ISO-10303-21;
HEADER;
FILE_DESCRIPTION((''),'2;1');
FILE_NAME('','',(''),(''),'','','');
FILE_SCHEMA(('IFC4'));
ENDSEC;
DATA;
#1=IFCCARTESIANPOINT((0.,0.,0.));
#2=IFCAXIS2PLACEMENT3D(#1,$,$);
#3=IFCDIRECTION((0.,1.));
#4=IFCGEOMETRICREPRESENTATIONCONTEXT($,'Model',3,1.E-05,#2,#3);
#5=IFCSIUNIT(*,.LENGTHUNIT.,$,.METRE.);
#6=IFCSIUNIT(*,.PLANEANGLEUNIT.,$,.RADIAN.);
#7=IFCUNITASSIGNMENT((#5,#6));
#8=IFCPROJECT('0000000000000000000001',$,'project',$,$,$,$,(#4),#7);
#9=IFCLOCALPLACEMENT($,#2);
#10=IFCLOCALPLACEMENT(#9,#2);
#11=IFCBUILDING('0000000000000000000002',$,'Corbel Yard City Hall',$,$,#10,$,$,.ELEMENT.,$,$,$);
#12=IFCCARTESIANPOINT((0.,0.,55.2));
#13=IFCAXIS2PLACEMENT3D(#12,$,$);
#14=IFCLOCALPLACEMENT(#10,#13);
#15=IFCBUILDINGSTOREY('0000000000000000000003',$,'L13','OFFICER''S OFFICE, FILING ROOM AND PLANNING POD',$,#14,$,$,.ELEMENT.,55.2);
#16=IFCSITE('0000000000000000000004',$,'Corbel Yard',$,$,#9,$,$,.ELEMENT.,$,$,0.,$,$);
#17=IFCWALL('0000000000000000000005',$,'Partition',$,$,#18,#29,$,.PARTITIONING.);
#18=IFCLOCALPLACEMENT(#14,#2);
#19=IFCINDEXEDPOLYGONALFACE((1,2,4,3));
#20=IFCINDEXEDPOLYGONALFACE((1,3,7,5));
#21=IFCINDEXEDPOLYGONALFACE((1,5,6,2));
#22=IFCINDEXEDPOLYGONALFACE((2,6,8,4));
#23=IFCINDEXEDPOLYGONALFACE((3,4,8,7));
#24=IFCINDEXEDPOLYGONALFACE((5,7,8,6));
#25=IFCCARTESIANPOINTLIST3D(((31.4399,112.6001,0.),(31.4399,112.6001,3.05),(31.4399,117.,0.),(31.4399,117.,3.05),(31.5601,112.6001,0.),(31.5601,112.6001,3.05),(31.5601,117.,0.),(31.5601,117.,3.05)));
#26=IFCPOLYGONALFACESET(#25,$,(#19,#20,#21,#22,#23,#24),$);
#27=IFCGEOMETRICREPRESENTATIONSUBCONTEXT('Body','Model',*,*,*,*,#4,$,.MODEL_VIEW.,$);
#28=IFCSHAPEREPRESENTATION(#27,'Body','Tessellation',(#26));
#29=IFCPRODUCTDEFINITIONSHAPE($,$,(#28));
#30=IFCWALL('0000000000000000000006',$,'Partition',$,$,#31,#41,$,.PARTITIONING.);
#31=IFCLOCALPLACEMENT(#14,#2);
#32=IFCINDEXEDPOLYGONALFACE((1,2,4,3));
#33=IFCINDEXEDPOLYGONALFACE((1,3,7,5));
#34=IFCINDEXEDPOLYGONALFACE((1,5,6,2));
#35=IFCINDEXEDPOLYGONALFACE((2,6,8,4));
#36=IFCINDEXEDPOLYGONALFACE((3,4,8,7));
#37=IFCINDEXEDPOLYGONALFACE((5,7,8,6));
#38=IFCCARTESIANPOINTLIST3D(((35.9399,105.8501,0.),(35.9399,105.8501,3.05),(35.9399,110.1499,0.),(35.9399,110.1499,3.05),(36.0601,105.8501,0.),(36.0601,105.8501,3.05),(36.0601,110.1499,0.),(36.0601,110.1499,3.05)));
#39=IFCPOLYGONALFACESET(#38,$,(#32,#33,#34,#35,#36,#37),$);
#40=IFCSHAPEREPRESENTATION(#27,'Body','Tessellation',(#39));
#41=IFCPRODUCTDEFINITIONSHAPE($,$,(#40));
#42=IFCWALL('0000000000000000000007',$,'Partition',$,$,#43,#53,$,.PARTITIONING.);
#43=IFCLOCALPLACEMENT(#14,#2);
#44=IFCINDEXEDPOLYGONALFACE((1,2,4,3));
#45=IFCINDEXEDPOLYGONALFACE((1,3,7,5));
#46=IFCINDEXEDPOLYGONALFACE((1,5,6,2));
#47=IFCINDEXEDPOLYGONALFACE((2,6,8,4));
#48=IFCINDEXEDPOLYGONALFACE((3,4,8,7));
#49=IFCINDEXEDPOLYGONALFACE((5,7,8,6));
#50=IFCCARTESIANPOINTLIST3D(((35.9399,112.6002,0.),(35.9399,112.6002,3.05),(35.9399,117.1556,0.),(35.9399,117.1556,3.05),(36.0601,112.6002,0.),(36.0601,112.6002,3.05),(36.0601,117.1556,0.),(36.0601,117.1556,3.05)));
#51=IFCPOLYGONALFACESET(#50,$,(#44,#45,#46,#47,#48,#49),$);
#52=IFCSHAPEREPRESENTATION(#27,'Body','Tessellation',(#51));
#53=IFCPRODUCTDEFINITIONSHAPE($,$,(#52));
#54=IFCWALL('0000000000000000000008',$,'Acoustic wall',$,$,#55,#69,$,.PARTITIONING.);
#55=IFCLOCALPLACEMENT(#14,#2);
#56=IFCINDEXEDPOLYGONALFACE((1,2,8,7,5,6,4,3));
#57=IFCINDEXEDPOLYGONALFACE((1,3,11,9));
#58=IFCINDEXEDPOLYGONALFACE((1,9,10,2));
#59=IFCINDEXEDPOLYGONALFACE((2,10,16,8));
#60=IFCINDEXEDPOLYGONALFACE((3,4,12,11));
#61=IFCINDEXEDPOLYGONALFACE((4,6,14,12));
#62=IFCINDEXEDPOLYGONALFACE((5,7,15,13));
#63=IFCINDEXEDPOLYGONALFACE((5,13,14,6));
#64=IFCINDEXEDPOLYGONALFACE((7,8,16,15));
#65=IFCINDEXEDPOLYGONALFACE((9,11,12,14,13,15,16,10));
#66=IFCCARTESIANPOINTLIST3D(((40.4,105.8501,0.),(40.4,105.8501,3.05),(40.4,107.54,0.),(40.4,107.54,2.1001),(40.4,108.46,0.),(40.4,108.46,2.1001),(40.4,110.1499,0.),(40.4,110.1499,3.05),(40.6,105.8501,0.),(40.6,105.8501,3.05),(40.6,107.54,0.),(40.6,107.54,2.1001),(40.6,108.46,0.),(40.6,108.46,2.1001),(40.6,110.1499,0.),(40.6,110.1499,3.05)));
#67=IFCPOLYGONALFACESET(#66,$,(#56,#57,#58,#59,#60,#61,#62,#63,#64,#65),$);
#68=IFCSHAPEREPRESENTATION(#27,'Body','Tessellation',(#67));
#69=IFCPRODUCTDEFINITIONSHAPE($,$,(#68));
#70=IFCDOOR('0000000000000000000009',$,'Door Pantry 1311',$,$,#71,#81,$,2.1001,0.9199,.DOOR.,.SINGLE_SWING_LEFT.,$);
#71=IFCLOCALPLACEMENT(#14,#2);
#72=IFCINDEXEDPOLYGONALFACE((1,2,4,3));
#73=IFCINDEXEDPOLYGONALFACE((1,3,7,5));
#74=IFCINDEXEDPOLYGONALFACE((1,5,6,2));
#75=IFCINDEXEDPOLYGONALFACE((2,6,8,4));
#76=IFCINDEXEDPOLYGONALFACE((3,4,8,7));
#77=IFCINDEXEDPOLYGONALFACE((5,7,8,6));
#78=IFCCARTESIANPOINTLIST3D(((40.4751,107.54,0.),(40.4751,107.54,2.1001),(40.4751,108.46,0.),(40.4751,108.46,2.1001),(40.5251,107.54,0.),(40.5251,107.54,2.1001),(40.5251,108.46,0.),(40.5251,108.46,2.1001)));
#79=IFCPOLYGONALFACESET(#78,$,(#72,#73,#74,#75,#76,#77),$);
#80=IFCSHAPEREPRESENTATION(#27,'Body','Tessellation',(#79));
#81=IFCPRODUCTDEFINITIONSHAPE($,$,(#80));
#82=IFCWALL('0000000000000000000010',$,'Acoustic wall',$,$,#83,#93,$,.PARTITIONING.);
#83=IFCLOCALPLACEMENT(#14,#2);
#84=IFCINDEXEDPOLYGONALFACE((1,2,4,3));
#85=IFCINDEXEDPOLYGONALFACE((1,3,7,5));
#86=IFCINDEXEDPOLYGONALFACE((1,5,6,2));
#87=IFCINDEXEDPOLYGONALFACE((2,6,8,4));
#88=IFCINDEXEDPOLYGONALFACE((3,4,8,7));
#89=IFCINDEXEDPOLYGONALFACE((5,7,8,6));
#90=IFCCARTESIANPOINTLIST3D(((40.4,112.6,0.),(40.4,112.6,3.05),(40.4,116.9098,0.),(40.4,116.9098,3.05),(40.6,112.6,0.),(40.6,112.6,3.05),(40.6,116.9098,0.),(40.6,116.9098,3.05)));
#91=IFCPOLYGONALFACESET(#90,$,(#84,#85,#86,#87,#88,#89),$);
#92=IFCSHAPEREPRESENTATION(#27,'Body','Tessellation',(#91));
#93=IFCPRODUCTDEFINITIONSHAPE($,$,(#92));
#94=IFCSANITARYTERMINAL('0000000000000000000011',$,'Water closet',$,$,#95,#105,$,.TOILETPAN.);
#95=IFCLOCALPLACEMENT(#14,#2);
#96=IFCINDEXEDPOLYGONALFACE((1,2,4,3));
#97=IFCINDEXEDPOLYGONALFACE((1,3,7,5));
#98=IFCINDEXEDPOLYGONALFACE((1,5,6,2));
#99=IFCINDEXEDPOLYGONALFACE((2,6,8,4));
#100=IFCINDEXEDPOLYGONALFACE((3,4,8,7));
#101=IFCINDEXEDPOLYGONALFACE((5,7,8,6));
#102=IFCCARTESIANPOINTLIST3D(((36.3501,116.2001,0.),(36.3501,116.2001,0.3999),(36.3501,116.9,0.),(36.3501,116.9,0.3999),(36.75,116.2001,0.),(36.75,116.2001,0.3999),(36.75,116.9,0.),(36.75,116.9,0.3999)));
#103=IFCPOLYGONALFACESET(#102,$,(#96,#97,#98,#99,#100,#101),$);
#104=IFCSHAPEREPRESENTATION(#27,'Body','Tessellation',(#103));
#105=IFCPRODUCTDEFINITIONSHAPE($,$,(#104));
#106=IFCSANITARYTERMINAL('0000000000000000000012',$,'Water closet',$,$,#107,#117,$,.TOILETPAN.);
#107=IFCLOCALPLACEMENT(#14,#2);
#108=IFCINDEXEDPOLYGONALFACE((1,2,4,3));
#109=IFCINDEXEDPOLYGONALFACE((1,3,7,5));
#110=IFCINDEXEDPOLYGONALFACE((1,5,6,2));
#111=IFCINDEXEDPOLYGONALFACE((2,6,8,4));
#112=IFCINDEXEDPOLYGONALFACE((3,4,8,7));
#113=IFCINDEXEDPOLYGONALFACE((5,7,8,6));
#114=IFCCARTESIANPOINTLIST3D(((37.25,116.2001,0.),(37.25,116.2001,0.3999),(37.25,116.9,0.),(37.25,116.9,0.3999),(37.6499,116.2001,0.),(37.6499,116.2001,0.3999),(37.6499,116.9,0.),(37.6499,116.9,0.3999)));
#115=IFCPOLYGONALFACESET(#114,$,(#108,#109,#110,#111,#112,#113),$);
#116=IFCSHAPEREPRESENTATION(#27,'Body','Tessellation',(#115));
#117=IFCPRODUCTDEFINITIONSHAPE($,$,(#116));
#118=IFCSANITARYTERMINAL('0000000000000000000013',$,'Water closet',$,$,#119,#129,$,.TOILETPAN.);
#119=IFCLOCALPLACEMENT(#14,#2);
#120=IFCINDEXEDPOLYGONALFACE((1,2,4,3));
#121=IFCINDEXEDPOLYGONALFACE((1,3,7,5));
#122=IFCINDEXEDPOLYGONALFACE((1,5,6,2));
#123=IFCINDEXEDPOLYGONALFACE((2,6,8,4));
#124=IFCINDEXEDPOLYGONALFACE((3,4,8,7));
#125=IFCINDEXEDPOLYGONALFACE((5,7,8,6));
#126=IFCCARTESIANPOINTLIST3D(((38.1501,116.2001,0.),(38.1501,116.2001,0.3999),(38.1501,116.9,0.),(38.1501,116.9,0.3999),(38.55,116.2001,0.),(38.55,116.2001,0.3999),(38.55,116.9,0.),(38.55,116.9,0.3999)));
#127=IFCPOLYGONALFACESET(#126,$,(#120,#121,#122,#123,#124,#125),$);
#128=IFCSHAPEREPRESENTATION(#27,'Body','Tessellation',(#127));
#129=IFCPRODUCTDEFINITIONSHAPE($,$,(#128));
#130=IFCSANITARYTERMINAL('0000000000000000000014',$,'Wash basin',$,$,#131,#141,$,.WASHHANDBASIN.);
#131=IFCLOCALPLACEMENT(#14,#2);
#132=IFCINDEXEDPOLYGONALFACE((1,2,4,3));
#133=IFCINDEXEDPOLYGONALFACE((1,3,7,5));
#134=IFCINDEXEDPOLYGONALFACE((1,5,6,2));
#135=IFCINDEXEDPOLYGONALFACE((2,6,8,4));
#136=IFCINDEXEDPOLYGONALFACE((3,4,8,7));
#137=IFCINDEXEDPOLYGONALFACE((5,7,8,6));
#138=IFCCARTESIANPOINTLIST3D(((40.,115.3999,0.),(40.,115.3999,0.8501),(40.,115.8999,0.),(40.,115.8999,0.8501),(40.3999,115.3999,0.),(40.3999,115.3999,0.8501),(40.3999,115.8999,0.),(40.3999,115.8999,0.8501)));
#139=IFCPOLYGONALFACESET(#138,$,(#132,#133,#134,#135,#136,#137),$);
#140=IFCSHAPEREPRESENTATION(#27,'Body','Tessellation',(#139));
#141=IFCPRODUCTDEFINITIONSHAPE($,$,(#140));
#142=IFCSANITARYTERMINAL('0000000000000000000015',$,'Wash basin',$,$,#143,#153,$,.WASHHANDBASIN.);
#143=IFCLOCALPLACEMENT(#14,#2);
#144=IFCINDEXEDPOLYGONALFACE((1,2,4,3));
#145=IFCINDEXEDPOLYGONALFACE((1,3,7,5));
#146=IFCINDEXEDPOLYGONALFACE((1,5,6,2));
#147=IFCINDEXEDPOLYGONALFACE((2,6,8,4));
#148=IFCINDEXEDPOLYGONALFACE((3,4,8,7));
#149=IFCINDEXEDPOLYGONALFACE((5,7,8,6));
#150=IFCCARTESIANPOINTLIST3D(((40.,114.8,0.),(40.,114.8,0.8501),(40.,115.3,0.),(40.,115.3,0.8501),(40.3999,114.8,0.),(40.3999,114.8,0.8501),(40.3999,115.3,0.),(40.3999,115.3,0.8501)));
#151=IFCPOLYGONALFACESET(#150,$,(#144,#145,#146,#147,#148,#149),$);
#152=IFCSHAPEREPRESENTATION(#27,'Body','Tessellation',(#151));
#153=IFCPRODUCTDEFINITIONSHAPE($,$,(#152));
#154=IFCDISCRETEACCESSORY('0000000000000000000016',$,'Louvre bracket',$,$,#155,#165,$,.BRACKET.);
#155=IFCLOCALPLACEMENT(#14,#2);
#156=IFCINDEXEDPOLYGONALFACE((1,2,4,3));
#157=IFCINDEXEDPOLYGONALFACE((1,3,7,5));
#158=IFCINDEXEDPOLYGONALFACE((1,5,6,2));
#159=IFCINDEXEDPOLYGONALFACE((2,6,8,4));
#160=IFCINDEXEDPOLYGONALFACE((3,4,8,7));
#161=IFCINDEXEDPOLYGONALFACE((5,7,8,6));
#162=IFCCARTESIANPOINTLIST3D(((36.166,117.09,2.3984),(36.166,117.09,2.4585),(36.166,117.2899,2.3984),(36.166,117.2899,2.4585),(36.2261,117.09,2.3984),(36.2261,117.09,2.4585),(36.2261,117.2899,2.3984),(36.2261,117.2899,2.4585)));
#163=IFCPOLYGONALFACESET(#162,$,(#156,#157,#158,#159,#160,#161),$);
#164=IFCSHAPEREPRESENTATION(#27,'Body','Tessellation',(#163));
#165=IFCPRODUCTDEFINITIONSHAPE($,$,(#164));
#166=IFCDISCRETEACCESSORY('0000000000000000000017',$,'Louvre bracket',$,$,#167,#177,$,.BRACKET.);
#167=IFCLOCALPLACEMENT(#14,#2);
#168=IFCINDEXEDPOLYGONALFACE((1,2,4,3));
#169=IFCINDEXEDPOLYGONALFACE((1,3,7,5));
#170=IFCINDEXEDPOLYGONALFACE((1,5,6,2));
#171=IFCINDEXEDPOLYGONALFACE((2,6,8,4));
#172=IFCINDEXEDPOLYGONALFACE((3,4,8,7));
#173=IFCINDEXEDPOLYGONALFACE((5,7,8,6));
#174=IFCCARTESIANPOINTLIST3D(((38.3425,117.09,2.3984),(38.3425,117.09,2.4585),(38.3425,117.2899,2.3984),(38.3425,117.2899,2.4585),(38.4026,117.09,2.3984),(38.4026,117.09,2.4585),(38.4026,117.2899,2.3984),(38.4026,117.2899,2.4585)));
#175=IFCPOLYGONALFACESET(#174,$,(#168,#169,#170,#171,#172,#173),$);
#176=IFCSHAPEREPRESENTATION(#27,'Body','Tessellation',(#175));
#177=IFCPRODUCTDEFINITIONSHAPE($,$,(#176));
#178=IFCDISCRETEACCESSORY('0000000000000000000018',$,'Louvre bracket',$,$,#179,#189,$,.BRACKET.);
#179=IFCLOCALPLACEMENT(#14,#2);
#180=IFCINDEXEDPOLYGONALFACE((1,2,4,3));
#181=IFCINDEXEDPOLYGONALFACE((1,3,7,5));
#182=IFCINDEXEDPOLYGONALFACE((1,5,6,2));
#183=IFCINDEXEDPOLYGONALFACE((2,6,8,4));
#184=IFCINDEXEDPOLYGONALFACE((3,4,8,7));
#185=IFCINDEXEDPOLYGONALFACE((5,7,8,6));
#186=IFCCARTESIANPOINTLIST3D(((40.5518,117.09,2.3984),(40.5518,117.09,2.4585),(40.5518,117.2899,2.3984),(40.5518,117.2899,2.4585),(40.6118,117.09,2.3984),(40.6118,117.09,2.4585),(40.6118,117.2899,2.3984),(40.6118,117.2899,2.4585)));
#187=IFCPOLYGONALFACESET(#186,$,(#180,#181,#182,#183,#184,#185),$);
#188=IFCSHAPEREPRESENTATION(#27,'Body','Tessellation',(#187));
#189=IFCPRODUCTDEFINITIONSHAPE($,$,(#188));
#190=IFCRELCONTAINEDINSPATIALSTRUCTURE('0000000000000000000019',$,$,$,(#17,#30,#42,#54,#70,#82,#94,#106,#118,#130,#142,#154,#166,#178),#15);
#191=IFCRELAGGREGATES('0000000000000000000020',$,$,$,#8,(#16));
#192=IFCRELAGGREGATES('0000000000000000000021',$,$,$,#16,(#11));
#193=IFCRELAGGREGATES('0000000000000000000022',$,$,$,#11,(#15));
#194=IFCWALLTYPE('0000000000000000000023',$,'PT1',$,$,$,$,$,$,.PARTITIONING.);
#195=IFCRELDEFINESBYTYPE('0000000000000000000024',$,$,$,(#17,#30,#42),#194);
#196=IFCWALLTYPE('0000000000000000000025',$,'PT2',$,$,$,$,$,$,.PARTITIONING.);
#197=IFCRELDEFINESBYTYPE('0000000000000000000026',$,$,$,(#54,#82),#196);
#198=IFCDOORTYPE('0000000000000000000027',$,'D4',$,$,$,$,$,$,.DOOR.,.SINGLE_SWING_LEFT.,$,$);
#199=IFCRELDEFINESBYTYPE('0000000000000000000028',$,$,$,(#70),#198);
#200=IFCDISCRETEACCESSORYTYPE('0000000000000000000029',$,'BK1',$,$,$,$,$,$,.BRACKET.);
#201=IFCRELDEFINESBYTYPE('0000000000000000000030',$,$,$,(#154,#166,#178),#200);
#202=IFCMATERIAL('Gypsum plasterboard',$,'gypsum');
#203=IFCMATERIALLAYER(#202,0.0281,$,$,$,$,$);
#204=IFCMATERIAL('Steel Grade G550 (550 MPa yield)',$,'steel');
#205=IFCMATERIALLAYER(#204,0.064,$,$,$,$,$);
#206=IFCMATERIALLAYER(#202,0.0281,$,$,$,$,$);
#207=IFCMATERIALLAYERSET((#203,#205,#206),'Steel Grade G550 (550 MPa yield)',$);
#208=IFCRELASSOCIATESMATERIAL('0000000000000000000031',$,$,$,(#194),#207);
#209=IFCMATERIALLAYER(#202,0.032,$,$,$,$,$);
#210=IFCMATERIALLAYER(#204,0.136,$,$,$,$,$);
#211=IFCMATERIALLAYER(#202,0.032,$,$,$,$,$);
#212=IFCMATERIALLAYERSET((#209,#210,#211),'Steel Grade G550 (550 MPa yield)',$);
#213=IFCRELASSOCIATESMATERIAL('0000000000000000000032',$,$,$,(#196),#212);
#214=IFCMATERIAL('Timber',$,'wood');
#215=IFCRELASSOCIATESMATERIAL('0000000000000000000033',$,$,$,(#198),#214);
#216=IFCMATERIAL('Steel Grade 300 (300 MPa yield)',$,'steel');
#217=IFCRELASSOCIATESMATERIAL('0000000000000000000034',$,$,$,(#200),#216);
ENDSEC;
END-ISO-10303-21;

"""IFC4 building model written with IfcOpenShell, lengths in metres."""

from ifc_helpers import new_model, si_unit, direction, frame, frame_2d, origin, origin_2d, place, context, subcontext, project, spatial, rectangle, extrude, material, layer, layer_set, type_object, element, fill, save


model = new_model("IFC4")

# Units and contexts
model_context = context("Model", 3, precision=1e-05, world=origin(), true_north=direction((0.0, 1.0)))
body_context = subcontext(model_context, "Body", "Model", "MODEL_VIEW")
ifc_project = project(units=[si_unit("LENGTHUNIT", "METRE"), si_unit("PLANEANGLEUNIT", "RADIAN")], contexts=[model_context])

# Site, building, storey
site_placement = place(None, origin())
site = spatial("IfcSite", under=ifc_project, at=site_placement, Name="Corbel Yard", CompositionType="ELEMENT", RefElevation=0.0)
building_placement = place(site_placement, origin())
building = spatial("IfcBuilding", under=site, at=building_placement, Name="Corbel Yard City Hall", CompositionType="ELEMENT")
storey_placement = place(building_placement, frame((0.0, 0.0, 55.2)))
storey = spatial("IfcBuildingStorey", under=building, at=storey_placement, Name="L13", Description="OFFICER'S OFFICE, FILING ROOM AND PLANNING POD", CompositionType="ELEMENT", Elevation=55.2)

# Shared definitions
ifc_material_1 = material(Name="Steel Grade 300 (300 MPa yield)", Category="steel")

# Walls
ifc_material_2 = material(Name="Steel Grade G550 (550 MPa yield)", Category="steel")
ifc_material_3 = material(Name="Gypsum plasterboard", Category="gypsum")
ifc_layer_1 = layer(ifc_material_3, 0.0281)
ifc_layer_2 = layer(ifc_material_2, 0.064)
ifc_layer_3 = layer(ifc_material_3, 0.0281)
ifc_layer_set_1 = layer_set([ifc_layer_1, ifc_layer_2, ifc_layer_3], Name="Steel Grade G550 (550 MPa yield)")
wall_type_1 = type_object("IfcWallType", Name="PT1", PredefinedType="PARTITIONING", material=ifc_layer_set_1)
wall_1_placement = place(storey_placement, frame((31.5, 112.6001, 0.0), z_axis=(0.0, 0.0, 1.0), x_axis=(0.0, 1.0, 0.0)))
element("IfcWall", 1, at=wall_1_placement, inside=storey, type_object=wall_type_1, Name="Partition", PredefinedType="PARTITIONING", context=body_context, shape_type="SweptSolid", body=[
    extrude(rectangle(XDim=4.3999, YDim=0.1201, at=frame_2d((2.2, 0.0))), origin(), (0.0, 0.0, 1.0), 3.05),
])
wall_2_placement = place(storey_placement, frame((36.0, 105.8501, 0.0), z_axis=(0.0, 0.0, 1.0), x_axis=(0.0, 1.0, 0.0)))
element("IfcWall", 2, at=wall_2_placement, inside=storey, type_object=wall_type_1, Name="Partition", PredefinedType="PARTITIONING", context=body_context, shape_type="SweptSolid", body=[
    extrude(rectangle(XDim=4.2998, YDim=0.1201, at=frame_2d((2.1499, 0.0))), origin(), (0.0, 0.0, 1.0), 3.05),
])
wall_3_placement = place(storey_placement, frame((36.0, 112.6001, 0.0), z_axis=(0.0, 0.0, 1.0), x_axis=(0.0, 1.0, 0.0)))
element("IfcWall", 3, at=wall_3_placement, inside=storey, type_object=wall_type_1, Name="Partition", PredefinedType="PARTITIONING", context=body_context, shape_type="SweptSolid", body=[
    extrude(rectangle(XDim=4.5554, YDim=0.1201, at=frame_2d((2.2778, 0.0))), origin(), (0.0, 0.0, 1.0), 3.05),
])

# Wall, opening, door
ifc_layer_4 = layer(ifc_material_3, 0.032)
ifc_layer_5 = layer(ifc_material_2, 0.136)
ifc_layer_6 = layer(ifc_material_3, 0.032)
ifc_layer_set_2 = layer_set([ifc_layer_4, ifc_layer_5, ifc_layer_6], Name="Steel Grade G550 (550 MPa yield)")
wall_type_2 = type_object("IfcWallType", Name="PT2", PredefinedType="PARTITIONING", material=ifc_layer_set_2)
wall_4_placement = place(storey_placement, frame((40.5, 105.8501, 0.0), z_axis=(0.0, 0.0, 1.0), x_axis=(0.0, 1.0, 0.0)))
wall_4 = element("IfcWall", 4, at=wall_4_placement, inside=storey, type_object=wall_type_2, Name="Acoustic wall", PredefinedType="PARTITIONING", context=body_context, shape_type="SweptSolid", body=[
    extrude(rectangle(XDim=4.2998, YDim=0.2, at=frame_2d((2.1499, 0.0))), origin(), (0.0, 0.0, 1.0), 3.05),
])
opening_placement = place(wall_4_placement, frame((1.6899, 0.0, 0.0)))
opening = element("IfcOpeningElement", 5, at=opening_placement, cuts=wall_4, PredefinedType="OPENING", context=body_context, shape_type="SweptSolid", body=[
    extrude(rectangle(XDim=0.9199, YDim=2.1001, at=frame_2d((0.46, 1.05))), frame((0.0, 0.1099, 0.0), z_axis=(0.0, -1.0, 0.0), x_axis=(1.0, 0.0, 0.0)), (0.0, 0.0, 1.0), 0.22),
])
ifc_material_4 = material(Name="Timber", Category="wood")
door_type = type_object("IfcDoorType", Name="D4", OperationType="SINGLE_SWING_LEFT", PredefinedType="DOOR", material=ifc_material_4)
door_placement = place(opening_placement, origin())
door = element("IfcDoor", 6, at=door_placement, inside=storey, type_object=door_type, Name="Door Pantry 1311", OperationType="SINGLE_SWING_LEFT", OverallHeight=2.1001, OverallWidth=0.9199, PredefinedType="DOOR", context=body_context, shape_type="SweptSolid", body=[
    extrude(rectangle(XDim=0.9199, YDim=2.1001, at=frame_2d((0.46, 1.05))), frame((0.0, 0.0249, 0.0), z_axis=(0.0, -1.0, 0.0), x_axis=(1.0, 0.0, 0.0)), (0.0, 0.0, 1.0), 0.05),
])
fill(opening, door)

# Wall
wall_5_placement = place(storey_placement, frame((40.5, 112.6001, 0.0), z_axis=(0.0, 0.0, 1.0), x_axis=(0.0, 1.0, 0.0)))
element("IfcWall", 7, at=wall_5_placement, inside=storey, type_object=wall_type_2, Name="Acoustic wall", PredefinedType="PARTITIONING", context=body_context, shape_type="SweptSolid", body=[
    extrude(rectangle(XDim=4.3098, YDim=0.2, at=frame_2d((2.1548, 0.0))), origin(), (0.0, 0.0, 1.0), 3.05),
])

# Sanitary terminals
for number, where, z_axis, x_axis, name in (
    (8, (36.55, 116.55, 0.0), (0.0, 0.0, 1.0), (1.0, 0.0, 0.0), "Water closet"),
    (9, (37.45, 116.55, 0.0), (0.0, 0.0, 1.0), (1.0, 0.0, 0.0), "Water closet"),
    (10, (38.3501, 116.55, 0.0), (0.0, 0.0, 1.0), (1.0, 0.0, 0.0), "Water closet"),
):
    element("IfcSanitaryTerminal", number, at=place(storey_placement, frame(where, z_axis=z_axis, x_axis=x_axis)), inside=storey, Name=name, PredefinedType="TOILETPAN", context=body_context, shape_type="SweptSolid", body=[
        extrude(rectangle(XDim=0.3999, YDim=0.7, at=origin_2d()), origin(), (0.0, 0.0, 1.0), 0.3999),
    ])
for number, where, z_axis, x_axis, name in (
    (11, (40.2, 115.6499, 0.0), (0.0, 0.0, 1.0), (1.0, 0.0, 0.0), "Wash basin"),
    (12, (40.2, 115.05, 0.0), (0.0, 0.0, 1.0), (1.0, 0.0, 0.0), "Wash basin"),
):
    element("IfcSanitaryTerminal", number, at=place(storey_placement, frame(where, z_axis=z_axis, x_axis=x_axis)), inside=storey, Name=name, PredefinedType="WASHHANDBASIN", context=body_context, shape_type="SweptSolid", body=[
        extrude(rectangle(XDim=0.3999, YDim=0.5, at=origin_2d()), origin(), (0.0, 0.0, 1.0), 0.8501),
    ])

# Discrete accessories
discrete_accessory_type = type_object("IfcDiscreteAccessoryType", Name="BK1", PredefinedType="BRACKET", material=ifc_material_1)
for number, where, z_axis, x_axis, name in (
    (13, (36.196, 117.1899, 2.3984), (0.0, 0.0, 1.0), (1.0, 0.0, 0.0), "Louvre bracket"),
    (14, (38.3726, 117.1899, 2.3984), (0.0, 0.0, 1.0), (1.0, 0.0, 0.0), "Louvre bracket"),
    (15, (40.5818, 117.1899, 2.3984), (0.0, 0.0, 1.0), (1.0, 0.0, 0.0), "Louvre bracket"),
):
    element("IfcDiscreteAccessory", number, at=place(storey_placement, frame(where, z_axis=z_axis, x_axis=x_axis)), inside=storey, type_object=discrete_accessory_type, Name=name, PredefinedType="BRACKET", context=body_context, shape_type="SweptSolid", body=[
        extrude(rectangle(XDim=0.0601, YDim=0.2, at=origin_2d()), origin(), (0.0, 0.0, 1.0), 0.0601),
    ])

save(model, "model.ifc")
